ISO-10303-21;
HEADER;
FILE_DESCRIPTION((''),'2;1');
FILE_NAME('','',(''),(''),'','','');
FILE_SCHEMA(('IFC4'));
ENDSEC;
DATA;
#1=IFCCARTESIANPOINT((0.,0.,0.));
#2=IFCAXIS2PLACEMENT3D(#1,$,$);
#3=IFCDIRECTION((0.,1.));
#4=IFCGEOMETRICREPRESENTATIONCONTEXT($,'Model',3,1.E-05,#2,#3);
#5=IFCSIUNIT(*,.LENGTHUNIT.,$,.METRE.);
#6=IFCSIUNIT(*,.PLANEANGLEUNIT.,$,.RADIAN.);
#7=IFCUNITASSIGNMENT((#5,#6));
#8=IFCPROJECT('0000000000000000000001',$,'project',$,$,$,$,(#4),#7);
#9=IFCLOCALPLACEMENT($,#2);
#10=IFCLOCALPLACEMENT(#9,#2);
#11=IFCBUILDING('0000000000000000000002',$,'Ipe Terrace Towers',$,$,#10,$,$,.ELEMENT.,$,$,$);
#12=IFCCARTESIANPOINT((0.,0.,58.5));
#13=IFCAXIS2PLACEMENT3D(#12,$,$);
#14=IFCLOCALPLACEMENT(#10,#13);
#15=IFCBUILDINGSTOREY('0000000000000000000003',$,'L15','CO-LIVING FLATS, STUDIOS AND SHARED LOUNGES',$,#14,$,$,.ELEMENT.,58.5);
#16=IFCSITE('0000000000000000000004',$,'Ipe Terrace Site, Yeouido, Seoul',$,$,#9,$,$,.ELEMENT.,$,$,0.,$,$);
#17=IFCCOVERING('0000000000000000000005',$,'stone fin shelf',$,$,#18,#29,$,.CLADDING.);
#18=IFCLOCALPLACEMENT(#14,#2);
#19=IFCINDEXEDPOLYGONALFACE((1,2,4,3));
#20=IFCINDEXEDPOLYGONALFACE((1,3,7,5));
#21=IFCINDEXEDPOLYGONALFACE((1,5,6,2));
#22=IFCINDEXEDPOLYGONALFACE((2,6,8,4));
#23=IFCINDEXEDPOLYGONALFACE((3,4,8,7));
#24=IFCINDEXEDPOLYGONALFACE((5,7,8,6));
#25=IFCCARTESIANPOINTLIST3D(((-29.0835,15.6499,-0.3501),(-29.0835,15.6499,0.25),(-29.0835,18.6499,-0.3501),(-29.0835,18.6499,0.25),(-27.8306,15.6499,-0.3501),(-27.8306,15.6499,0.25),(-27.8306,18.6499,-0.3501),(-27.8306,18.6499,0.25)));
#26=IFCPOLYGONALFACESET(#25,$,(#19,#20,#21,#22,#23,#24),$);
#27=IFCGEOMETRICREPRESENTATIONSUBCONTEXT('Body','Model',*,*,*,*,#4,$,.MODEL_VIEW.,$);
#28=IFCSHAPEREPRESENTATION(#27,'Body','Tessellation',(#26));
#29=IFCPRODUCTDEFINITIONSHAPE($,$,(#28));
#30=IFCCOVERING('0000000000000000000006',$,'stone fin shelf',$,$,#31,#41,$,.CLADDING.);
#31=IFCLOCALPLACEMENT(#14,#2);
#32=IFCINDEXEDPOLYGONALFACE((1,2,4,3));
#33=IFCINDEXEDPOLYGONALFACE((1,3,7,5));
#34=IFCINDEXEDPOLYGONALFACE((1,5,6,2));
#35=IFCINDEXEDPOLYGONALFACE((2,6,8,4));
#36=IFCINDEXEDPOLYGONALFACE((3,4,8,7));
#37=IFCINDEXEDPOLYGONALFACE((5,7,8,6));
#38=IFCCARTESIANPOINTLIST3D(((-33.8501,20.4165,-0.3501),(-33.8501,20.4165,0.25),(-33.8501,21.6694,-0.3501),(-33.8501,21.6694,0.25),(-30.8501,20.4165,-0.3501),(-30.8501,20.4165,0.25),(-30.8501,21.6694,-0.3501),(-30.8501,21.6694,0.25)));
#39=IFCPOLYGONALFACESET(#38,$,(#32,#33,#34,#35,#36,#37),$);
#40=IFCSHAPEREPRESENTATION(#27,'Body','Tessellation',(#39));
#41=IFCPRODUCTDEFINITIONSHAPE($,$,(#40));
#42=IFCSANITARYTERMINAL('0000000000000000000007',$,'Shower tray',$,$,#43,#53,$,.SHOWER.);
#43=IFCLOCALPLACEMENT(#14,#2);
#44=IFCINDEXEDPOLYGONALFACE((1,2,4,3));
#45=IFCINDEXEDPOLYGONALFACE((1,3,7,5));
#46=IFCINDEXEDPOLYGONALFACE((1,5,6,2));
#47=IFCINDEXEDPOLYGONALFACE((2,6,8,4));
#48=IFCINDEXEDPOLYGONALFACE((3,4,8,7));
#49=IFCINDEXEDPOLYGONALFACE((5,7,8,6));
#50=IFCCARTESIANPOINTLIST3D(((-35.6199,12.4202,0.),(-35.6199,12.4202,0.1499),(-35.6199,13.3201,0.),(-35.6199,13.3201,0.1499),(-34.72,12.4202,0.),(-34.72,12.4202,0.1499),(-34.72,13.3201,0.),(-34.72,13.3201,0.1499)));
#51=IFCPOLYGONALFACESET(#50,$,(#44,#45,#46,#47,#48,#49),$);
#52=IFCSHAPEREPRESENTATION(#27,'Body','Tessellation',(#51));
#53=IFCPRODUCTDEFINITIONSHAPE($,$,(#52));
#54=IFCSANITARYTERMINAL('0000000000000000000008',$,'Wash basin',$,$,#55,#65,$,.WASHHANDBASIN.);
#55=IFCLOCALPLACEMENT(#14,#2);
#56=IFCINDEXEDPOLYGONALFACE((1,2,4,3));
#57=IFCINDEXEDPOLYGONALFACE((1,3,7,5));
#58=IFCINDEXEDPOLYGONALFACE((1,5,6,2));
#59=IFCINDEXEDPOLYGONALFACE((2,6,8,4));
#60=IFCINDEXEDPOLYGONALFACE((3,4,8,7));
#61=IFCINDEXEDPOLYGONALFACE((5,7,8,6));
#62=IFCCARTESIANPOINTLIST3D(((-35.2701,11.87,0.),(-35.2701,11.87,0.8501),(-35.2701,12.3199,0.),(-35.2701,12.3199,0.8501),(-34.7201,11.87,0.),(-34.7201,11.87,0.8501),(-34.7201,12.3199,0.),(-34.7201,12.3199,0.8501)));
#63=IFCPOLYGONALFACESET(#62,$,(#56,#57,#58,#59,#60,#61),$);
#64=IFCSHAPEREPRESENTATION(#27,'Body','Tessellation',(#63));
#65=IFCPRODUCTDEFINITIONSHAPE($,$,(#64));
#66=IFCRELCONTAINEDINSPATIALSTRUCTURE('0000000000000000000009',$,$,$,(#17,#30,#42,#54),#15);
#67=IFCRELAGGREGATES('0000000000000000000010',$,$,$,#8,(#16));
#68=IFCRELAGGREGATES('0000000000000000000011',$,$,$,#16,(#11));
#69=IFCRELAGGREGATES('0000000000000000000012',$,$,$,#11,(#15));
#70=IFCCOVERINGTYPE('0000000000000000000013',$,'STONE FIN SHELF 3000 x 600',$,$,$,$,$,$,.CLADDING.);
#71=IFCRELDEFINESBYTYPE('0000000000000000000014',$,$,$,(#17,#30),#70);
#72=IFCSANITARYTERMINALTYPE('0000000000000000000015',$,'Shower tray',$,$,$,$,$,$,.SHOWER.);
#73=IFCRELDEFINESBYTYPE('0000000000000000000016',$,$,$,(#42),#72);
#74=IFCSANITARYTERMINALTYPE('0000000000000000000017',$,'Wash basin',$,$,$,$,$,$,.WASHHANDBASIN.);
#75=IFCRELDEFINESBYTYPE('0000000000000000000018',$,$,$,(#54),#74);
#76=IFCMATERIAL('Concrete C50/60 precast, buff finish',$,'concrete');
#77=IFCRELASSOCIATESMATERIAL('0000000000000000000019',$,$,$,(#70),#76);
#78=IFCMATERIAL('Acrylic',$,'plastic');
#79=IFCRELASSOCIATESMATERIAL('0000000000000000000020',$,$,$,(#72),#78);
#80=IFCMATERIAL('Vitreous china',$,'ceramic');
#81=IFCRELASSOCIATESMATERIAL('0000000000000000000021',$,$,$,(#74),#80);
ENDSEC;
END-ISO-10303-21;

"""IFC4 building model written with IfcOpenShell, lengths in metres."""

from ifc_helpers import new_model, si_unit, direction, frame, origin, origin_2d, place, context, subcontext, project, spatial, rectangle, extrude, material, type_object, element, save


model = new_model("IFC4")

# Units and contexts
model_context = context("Model", 3, precision=1e-05, world=origin(), true_north=direction((0.0, 1.0)))
body_context = subcontext(model_context, "Body", "Model", "MODEL_VIEW")
ifc_project = project(units=[si_unit("LENGTHUNIT", "METRE"), si_unit("PLANEANGLEUNIT", "RADIAN")], contexts=[model_context])

# Site, building, storey
site_placement = place(None, origin())
site = spatial("IfcSite", under=ifc_project, at=site_placement, Name="Ipe Terrace Site, Yeouido, Seoul", CompositionType="ELEMENT", RefElevation=0.0)
building_placement = place(site_placement, origin())
building = spatial("IfcBuilding", under=site, at=building_placement, Name="Ipe Terrace Towers", CompositionType="ELEMENT")
storey_placement = place(building_placement, frame((0.0, 0.0, 58.5)))
storey = spatial("IfcBuildingStorey", under=building, at=storey_placement, Name="L15", Description="CO-LIVING FLATS, STUDIOS AND SHARED LOUNGES", CompositionType="ELEMENT", Elevation=58.5)

# Coverings
ifc_material_1 = material(Name="Concrete C50/60 precast, buff finish", Category="concrete")
covering_type_1 = type_object("IfcCoveringType", Name="STONE FIN SHELF 3000 x 600", PredefinedType="CLADDING", material=ifc_material_1)
for number, where, z_axis, x_axis, name in (
    (1, (-28.457, 17.1499, -0.3501), (0.0, 0.0, 1.0), (0.0, 1.0, 0.0), "stone fin shelf"),
    (2, (-32.3501, 21.043, -0.3501), (0.0, 0.0, 1.0), (-1.0, 0.0, 0.0), "stone fin shelf"),
):
    element("IfcCovering", number, at=place(storey_placement, frame(where, z_axis=z_axis, x_axis=x_axis)), inside=storey, type_object=covering_type_1, Name=name, PredefinedType="CLADDING", context=body_context, shape_type="SweptSolid", body=[
        extrude(rectangle(XDim=3.0, YDim=1.2529, at=origin_2d()), origin(), (0.0, 0.0, 1.0), 0.6001),
    ])

# Sanitary terminals
ifc_material_2 = material(Name="Acrylic", Category="plastic")
sanitary_terminal_type_1 = type_object("IfcSanitaryTerminalType", Name="Shower tray", PredefinedType="SHOWER", material=ifc_material_2)
sanitary_terminal_1_placement = place(storey_placement, frame((-35.1699, 12.8701, 0.0), z_axis=(0.0, 0.0, 1.0), x_axis=(-1.0, 0.0, 0.0)))
element("IfcSanitaryTerminal", 3, at=sanitary_terminal_1_placement, inside=storey, type_object=sanitary_terminal_type_1, Name="Shower tray", PredefinedType="SHOWER", context=body_context, shape_type="SweptSolid", body=[
    extrude(rectangle(XDim=0.8999, YDim=0.8999, at=origin_2d()), origin(), (0.0, 0.0, 1.0), 0.1499),
])
ifc_material_3 = material(Name="Vitreous china", Category="ceramic")
sanitary_terminal_type_2 = type_object("IfcSanitaryTerminalType", Name="Wash basin", PredefinedType="WASHHANDBASIN", material=ifc_material_3)
sanitary_terminal_2_placement = place(storey_placement, frame((-34.9951, 12.095, 0.0), z_axis=(0.0, 0.0, 1.0), x_axis=(-1.0, 0.0, 0.0)))
element("IfcSanitaryTerminal", 4, at=sanitary_terminal_2_placement, inside=storey, type_object=sanitary_terminal_type_2, Name="Wash basin", PredefinedType="WASHHANDBASIN", context=body_context, shape_type="SweptSolid", body=[
    extrude(rectangle(XDim=0.55, YDim=0.45, at=origin_2d()), origin(), (0.0, 0.0, 1.0), 0.8501),
])

save(model, "model.ifc")
